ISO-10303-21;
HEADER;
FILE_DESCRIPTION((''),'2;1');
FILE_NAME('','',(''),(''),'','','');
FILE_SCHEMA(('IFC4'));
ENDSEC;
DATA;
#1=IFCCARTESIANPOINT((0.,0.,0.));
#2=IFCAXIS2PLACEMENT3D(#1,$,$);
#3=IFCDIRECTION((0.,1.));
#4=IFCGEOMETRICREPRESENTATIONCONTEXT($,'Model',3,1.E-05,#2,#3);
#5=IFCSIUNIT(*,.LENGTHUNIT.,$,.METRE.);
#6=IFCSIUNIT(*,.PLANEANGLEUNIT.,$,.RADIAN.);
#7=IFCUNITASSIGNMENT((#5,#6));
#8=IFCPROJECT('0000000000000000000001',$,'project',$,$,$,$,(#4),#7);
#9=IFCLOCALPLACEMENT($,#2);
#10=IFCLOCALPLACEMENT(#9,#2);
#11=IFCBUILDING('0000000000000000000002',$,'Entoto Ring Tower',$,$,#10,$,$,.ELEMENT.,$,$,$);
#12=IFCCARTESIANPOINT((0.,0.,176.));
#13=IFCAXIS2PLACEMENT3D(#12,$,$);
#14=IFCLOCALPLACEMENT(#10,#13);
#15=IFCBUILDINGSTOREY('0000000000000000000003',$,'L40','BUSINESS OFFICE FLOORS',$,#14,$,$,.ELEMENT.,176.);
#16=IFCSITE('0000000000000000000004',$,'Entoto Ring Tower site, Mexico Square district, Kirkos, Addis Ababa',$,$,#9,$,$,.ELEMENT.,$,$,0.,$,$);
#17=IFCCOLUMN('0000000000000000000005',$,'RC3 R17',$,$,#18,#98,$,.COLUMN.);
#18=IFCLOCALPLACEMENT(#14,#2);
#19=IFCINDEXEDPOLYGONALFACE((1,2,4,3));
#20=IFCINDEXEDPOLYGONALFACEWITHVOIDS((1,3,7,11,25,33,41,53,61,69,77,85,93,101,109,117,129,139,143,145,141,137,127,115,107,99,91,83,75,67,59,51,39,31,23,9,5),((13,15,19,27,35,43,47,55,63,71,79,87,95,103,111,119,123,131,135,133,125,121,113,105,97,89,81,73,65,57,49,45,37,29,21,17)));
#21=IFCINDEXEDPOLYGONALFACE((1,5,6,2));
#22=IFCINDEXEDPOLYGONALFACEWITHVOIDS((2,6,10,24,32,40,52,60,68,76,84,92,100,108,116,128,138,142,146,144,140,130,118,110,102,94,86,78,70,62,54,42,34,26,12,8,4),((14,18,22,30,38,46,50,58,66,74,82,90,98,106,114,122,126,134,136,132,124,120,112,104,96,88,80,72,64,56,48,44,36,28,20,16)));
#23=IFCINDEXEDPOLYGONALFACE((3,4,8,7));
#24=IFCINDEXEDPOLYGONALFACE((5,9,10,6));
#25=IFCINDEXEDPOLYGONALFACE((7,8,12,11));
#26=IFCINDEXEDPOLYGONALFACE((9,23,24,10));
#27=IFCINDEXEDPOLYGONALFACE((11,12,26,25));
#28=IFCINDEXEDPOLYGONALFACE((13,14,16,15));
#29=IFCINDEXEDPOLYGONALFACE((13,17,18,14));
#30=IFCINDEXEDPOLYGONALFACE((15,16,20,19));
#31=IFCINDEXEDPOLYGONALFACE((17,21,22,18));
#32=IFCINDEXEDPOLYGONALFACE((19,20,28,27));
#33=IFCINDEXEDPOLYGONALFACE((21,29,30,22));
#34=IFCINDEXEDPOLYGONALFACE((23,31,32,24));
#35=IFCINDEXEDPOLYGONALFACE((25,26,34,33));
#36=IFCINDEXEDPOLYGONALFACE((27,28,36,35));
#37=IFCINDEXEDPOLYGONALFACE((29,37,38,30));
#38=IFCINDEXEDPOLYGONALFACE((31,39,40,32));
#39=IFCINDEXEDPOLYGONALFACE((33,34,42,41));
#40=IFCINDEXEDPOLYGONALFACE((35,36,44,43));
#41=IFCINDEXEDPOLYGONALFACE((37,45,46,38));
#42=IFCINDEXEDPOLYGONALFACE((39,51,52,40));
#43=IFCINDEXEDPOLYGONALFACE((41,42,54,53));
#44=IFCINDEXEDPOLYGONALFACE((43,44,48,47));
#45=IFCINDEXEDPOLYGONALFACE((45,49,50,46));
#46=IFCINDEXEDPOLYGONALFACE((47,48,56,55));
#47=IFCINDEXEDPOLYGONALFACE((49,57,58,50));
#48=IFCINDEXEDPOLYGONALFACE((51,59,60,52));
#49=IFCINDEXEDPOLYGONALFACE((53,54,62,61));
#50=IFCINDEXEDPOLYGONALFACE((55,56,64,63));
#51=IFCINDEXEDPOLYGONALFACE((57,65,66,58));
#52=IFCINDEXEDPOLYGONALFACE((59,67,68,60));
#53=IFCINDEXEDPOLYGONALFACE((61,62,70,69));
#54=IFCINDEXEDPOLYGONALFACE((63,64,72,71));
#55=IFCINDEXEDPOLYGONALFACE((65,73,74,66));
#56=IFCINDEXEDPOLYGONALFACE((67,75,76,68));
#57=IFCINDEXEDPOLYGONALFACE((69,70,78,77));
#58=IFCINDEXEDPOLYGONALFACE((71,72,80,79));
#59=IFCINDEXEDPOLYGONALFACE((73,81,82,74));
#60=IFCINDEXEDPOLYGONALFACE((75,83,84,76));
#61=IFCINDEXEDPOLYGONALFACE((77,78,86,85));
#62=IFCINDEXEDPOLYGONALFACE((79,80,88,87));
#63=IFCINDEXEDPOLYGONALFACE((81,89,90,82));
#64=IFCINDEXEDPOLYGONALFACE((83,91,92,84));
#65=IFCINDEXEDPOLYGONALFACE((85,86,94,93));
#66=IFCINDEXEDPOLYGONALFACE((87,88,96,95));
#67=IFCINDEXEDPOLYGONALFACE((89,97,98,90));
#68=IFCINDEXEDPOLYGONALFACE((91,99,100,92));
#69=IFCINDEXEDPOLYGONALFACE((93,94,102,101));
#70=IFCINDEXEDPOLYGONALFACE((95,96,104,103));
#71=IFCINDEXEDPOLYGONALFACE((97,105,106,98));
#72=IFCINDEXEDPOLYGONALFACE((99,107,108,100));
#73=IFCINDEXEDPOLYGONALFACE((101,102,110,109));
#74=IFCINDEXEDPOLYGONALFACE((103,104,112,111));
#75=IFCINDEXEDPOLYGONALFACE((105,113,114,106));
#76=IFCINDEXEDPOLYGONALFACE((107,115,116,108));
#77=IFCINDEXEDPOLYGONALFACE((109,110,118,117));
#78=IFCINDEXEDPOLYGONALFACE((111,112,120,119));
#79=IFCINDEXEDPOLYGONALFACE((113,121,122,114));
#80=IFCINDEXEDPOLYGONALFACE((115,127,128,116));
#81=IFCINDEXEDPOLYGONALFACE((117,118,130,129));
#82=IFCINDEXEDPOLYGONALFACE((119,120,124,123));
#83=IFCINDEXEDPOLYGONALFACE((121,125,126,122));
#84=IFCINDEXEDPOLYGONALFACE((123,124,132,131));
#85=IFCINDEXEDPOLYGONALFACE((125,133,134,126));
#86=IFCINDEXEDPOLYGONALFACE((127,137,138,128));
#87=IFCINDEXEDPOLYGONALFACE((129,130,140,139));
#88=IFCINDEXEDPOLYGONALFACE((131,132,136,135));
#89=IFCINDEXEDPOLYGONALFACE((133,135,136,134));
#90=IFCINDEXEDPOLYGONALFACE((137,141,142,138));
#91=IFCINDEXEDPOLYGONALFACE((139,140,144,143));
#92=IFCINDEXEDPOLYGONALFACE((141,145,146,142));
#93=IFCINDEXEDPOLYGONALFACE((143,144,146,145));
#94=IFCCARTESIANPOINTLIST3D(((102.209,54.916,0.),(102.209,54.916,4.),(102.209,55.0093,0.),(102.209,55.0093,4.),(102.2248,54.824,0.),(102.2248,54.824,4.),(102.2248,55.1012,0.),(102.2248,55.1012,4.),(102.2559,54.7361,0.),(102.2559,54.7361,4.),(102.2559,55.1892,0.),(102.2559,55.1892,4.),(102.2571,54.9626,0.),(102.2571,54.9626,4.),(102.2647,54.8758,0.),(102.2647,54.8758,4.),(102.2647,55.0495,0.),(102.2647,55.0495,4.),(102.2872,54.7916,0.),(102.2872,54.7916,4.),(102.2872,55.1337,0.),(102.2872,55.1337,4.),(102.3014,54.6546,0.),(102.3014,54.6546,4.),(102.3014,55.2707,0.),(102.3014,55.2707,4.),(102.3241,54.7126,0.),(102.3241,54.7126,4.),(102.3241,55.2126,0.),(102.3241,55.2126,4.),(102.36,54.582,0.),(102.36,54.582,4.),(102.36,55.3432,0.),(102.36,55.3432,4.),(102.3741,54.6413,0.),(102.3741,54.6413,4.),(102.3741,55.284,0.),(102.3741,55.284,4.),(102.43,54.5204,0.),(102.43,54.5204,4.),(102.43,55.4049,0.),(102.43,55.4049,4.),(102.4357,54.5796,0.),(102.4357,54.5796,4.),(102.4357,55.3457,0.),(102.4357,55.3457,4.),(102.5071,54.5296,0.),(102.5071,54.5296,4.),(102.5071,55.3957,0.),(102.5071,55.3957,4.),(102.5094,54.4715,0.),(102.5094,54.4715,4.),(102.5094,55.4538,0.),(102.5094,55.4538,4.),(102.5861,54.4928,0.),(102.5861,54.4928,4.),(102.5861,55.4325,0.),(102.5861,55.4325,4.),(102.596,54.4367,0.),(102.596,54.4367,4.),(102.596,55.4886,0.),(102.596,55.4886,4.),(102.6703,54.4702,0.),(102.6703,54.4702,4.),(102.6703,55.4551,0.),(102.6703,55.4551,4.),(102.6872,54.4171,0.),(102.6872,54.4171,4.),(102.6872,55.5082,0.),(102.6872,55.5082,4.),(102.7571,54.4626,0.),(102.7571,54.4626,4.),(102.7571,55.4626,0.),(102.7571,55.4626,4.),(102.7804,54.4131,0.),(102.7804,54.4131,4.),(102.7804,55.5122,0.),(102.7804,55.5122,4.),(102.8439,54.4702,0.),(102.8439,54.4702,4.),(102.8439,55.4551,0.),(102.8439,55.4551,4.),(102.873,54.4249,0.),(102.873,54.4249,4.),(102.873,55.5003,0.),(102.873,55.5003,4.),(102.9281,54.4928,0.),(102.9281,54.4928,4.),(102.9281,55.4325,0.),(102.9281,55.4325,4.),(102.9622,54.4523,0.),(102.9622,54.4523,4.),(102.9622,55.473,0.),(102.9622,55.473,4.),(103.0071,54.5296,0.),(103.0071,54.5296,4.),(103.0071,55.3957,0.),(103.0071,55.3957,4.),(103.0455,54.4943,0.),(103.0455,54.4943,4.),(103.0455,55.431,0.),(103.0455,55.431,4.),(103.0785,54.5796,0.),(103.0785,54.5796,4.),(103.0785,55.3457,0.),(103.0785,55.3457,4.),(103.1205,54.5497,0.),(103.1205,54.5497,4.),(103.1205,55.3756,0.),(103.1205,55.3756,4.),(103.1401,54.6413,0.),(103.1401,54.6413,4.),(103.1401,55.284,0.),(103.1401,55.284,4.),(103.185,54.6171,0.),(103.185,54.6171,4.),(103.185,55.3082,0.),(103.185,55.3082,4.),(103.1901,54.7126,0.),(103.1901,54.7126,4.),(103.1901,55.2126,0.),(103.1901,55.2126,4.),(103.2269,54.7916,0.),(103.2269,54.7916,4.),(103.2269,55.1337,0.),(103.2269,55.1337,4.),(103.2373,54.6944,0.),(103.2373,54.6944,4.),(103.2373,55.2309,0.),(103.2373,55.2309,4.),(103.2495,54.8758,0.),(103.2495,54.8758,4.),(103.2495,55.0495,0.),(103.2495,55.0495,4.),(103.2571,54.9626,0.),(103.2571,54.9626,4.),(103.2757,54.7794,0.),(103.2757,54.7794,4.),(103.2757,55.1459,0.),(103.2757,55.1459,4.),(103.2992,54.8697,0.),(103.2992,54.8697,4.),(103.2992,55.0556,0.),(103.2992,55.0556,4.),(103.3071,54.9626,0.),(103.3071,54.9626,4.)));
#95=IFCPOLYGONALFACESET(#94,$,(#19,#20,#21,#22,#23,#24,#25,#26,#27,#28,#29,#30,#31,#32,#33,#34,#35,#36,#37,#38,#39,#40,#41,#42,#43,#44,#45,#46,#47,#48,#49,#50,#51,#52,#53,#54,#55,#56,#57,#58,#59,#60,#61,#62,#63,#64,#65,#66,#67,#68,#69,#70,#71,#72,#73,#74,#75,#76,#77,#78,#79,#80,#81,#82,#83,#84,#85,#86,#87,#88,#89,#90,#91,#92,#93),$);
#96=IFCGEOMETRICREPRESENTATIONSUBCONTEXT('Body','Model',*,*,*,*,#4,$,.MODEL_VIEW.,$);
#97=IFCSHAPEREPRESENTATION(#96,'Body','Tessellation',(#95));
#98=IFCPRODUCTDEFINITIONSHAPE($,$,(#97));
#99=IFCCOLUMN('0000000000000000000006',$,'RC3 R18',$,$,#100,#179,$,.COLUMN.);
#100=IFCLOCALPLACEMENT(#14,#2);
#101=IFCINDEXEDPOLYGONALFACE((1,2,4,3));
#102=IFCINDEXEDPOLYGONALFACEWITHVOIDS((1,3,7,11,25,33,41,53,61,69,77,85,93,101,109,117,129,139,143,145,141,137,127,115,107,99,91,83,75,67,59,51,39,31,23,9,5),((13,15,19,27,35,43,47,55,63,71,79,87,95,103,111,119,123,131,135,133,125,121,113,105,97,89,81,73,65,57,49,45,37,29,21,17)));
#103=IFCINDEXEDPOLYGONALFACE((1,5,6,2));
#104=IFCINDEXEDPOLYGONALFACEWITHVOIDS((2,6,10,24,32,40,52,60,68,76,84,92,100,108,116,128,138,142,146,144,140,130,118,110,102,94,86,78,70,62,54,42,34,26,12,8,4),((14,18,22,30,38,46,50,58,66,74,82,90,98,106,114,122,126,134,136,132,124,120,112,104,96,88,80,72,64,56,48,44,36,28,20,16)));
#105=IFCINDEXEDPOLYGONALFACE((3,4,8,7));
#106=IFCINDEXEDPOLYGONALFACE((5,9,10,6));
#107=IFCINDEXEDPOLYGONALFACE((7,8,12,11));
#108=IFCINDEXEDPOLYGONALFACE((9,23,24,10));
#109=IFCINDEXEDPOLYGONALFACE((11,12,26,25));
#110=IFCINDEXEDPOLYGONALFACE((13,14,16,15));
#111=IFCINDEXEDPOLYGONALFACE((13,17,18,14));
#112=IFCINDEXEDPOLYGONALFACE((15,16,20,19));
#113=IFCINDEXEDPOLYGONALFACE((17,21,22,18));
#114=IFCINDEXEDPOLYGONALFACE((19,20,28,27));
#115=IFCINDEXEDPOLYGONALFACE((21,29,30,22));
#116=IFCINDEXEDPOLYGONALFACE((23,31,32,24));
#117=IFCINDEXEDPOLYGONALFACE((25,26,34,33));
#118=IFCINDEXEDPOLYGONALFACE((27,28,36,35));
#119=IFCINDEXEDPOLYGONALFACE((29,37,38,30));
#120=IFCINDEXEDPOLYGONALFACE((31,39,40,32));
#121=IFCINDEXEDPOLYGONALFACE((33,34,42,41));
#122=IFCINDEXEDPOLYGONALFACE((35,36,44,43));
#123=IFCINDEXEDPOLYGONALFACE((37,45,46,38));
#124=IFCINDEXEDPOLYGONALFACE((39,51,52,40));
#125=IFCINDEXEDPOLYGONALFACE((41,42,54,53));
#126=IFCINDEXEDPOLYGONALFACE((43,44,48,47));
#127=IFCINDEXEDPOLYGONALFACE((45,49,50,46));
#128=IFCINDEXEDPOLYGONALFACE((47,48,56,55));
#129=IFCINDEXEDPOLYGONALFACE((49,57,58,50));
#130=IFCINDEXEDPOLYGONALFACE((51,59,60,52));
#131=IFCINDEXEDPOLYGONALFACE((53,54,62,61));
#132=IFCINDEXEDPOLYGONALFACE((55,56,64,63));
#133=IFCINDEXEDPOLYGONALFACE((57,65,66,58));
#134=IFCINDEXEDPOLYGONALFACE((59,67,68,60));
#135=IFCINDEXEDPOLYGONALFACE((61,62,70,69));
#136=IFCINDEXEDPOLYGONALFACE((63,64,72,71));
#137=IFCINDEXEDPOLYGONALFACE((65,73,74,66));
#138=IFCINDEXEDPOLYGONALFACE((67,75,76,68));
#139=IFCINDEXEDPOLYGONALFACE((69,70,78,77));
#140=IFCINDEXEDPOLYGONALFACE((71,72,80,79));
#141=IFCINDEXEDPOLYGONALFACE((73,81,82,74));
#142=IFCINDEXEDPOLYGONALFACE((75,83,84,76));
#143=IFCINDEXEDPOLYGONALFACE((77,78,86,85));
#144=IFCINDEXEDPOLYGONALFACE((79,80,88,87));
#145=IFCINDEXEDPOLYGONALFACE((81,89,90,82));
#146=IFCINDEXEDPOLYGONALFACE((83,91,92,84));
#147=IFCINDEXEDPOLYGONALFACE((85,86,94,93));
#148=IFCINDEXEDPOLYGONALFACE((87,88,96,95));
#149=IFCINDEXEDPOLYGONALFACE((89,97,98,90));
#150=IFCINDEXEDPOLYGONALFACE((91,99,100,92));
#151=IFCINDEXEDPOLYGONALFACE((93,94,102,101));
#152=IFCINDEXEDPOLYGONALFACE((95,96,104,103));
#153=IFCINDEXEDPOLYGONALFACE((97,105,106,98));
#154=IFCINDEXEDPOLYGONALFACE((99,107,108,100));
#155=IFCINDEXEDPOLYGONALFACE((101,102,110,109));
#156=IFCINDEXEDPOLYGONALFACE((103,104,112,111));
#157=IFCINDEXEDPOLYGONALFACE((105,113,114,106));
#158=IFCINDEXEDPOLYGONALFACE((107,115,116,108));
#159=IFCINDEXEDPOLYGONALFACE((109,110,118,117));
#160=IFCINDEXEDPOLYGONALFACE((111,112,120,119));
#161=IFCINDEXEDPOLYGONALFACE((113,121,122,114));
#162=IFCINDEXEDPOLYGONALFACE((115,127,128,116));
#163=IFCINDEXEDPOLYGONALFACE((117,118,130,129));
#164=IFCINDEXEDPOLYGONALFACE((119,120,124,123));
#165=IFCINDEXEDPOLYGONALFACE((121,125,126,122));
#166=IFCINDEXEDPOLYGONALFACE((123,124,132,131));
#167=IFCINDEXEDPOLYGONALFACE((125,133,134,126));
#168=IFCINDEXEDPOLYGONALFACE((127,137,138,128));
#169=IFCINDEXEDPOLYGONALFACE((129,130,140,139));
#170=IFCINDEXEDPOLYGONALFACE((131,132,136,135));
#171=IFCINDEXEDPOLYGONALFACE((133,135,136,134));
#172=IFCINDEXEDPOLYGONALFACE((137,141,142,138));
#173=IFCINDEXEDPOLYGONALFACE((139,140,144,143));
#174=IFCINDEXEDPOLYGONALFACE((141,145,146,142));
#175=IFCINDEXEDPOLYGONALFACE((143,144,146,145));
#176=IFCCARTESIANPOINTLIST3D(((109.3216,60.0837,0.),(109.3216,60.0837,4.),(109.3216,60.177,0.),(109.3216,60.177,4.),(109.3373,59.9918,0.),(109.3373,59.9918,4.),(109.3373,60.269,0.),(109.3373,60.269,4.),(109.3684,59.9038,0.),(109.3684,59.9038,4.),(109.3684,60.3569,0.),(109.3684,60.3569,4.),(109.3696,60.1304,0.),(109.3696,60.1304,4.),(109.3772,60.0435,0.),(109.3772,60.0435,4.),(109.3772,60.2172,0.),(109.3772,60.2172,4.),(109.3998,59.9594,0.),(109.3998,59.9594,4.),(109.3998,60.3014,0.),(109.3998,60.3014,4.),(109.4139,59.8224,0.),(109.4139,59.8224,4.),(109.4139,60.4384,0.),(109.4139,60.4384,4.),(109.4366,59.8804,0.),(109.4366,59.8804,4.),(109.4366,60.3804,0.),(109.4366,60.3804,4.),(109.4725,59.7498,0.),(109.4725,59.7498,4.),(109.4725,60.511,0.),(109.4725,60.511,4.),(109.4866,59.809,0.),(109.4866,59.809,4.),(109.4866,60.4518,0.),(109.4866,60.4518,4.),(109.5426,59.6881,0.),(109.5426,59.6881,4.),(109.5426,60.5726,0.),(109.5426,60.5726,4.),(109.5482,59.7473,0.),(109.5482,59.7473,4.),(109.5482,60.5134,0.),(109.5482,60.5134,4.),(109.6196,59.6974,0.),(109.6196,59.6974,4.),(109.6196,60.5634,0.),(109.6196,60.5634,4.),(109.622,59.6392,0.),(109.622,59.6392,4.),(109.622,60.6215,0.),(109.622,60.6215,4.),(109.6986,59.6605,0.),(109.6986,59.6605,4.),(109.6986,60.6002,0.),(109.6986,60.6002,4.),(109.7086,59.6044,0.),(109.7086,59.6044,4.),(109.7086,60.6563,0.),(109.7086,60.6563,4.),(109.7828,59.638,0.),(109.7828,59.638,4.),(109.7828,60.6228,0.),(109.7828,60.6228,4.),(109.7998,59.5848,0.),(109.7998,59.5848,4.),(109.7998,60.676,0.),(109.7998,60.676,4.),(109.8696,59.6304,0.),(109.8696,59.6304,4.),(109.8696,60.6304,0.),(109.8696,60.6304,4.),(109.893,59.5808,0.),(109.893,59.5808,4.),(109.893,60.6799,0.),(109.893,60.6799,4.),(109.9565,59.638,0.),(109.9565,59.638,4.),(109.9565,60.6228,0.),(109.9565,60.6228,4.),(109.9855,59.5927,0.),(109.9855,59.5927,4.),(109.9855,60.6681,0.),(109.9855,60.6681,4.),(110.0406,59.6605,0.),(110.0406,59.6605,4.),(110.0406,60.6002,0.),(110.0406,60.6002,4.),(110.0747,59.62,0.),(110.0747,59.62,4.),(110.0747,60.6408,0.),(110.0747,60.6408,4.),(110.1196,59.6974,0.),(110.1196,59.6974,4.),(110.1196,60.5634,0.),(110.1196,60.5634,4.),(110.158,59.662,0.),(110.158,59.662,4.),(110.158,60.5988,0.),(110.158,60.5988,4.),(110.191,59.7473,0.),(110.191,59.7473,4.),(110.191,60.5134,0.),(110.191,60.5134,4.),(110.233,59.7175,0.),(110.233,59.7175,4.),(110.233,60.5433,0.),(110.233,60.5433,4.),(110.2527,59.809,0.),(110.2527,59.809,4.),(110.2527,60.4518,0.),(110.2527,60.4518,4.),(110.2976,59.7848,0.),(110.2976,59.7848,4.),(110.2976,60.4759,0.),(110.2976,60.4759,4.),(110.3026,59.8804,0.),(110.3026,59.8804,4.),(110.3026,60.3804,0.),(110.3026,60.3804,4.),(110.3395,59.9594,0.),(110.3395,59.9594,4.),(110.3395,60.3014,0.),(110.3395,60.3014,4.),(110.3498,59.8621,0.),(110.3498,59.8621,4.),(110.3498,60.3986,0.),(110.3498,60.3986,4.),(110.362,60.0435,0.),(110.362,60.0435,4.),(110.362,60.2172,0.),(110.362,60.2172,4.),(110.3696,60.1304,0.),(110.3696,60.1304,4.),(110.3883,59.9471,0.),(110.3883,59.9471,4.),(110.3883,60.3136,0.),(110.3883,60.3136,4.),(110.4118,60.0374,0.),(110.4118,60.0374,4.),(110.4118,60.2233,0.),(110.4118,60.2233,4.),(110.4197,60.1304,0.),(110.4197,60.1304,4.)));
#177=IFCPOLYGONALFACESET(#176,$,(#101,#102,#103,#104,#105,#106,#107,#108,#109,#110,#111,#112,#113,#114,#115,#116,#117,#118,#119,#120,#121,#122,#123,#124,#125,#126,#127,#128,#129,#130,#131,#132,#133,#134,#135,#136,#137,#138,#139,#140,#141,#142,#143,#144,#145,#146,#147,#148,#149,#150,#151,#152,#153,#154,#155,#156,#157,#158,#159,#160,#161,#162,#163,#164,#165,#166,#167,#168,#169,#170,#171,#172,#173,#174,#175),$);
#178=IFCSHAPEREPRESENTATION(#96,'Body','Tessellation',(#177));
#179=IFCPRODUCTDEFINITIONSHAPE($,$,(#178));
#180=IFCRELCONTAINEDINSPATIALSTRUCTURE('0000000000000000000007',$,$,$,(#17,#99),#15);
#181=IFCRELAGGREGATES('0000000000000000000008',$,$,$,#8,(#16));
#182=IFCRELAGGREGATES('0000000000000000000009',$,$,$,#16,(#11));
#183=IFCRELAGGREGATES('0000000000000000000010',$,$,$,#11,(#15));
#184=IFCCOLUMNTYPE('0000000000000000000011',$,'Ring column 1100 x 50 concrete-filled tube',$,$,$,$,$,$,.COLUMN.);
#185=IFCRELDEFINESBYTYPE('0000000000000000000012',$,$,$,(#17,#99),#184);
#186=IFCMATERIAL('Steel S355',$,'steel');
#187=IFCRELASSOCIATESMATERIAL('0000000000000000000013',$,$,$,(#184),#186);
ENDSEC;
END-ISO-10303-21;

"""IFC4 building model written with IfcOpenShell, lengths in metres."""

from ifc_helpers import new_model, si_unit, direction, frame, origin, origin_2d, place, context, subcontext, project, spatial, circle, hollow_circle, extrude, material, material_profile, profile_set, type_object, element, save


model = new_model("IFC4")

# Units and contexts
model_context = context("Model", 3, precision=1e-05, world=origin(), true_north=direction((0.0, 1.0)))
body_context = subcontext(model_context, "Body", "Model", "MODEL_VIEW")
ifc_project = project(units=[si_unit("LENGTHUNIT", "METRE"), si_unit("PLANEANGLEUNIT", "RADIAN")], contexts=[model_context])

# Site, building, storey
site_placement = place(None, origin())
site = spatial("IfcSite", under=ifc_project, at=site_placement, Name="Entoto Ring Tower site, Mexico Square district, Kirkos, Addis Ababa", CompositionType="ELEMENT", RefElevation=0.0)
building_placement = place(site_placement, origin())
building = spatial("IfcBuilding", under=site, at=building_placement, Name="Entoto Ring Tower", CompositionType="ELEMENT")
storey_placement = place(building_placement, frame((0.0, 0.0, 176.0)))
storey = spatial("IfcBuildingStorey", under=building, at=storey_placement, Name="L40", Description="BUSINESS OFFICE FLOORS", CompositionType="ELEMENT", Elevation=176.0)

# Columns
ifc_material_1 = material(Name="Steel S355", Category="steel")
ifc_material_profile_1 = material_profile(ifc_material_1, hollow_circle(Radius=0.55, WallThickness=0.05, at=origin_2d()), Name="CHS 1100 x 50")
ifc_material_2 = material(Name="Concrete C60/75", Category="concrete")
ifc_material_profile_2 = material_profile(ifc_material_2, circle(Radius=0.5, at=origin_2d()), Name="Concrete C60/75 infill")
ifc_profile_set_1 = profile_set([ifc_material_profile_1, ifc_material_profile_2], Name="Steel S355")
column_type = type_object("IfcColumnType", Name="Ring column 1100 x 50 concrete-filled tube", PredefinedType="COLUMN", material=ifc_profile_set_1)
for number, where, z_axis, x_axis, name in (
    (1, (102.7571, 54.9626, 0.0), (0.0, 0.0, 1.0), (1.0, 0.0, 0.0), "RC3 R17"),
    (2, (109.8696, 60.1304, 0.0), (0.0, 0.0, 1.0), (1.0, 0.0, 0.0), "RC3 R18"),
):
    element("IfcColumn", number, at=place(storey_placement, frame(where, z_axis=z_axis, x_axis=x_axis)), inside=storey, type_object=column_type, Name=name, PredefinedType="COLUMN", context=body_context, shape_type="SweptSolid", body=[
        extrude(hollow_circle(Radius=0.55, WallThickness=0.05, at=origin_2d()), origin(), (0.0, 0.0, 1.0), 4.0),
    ])

save(model, "model.ifc")
